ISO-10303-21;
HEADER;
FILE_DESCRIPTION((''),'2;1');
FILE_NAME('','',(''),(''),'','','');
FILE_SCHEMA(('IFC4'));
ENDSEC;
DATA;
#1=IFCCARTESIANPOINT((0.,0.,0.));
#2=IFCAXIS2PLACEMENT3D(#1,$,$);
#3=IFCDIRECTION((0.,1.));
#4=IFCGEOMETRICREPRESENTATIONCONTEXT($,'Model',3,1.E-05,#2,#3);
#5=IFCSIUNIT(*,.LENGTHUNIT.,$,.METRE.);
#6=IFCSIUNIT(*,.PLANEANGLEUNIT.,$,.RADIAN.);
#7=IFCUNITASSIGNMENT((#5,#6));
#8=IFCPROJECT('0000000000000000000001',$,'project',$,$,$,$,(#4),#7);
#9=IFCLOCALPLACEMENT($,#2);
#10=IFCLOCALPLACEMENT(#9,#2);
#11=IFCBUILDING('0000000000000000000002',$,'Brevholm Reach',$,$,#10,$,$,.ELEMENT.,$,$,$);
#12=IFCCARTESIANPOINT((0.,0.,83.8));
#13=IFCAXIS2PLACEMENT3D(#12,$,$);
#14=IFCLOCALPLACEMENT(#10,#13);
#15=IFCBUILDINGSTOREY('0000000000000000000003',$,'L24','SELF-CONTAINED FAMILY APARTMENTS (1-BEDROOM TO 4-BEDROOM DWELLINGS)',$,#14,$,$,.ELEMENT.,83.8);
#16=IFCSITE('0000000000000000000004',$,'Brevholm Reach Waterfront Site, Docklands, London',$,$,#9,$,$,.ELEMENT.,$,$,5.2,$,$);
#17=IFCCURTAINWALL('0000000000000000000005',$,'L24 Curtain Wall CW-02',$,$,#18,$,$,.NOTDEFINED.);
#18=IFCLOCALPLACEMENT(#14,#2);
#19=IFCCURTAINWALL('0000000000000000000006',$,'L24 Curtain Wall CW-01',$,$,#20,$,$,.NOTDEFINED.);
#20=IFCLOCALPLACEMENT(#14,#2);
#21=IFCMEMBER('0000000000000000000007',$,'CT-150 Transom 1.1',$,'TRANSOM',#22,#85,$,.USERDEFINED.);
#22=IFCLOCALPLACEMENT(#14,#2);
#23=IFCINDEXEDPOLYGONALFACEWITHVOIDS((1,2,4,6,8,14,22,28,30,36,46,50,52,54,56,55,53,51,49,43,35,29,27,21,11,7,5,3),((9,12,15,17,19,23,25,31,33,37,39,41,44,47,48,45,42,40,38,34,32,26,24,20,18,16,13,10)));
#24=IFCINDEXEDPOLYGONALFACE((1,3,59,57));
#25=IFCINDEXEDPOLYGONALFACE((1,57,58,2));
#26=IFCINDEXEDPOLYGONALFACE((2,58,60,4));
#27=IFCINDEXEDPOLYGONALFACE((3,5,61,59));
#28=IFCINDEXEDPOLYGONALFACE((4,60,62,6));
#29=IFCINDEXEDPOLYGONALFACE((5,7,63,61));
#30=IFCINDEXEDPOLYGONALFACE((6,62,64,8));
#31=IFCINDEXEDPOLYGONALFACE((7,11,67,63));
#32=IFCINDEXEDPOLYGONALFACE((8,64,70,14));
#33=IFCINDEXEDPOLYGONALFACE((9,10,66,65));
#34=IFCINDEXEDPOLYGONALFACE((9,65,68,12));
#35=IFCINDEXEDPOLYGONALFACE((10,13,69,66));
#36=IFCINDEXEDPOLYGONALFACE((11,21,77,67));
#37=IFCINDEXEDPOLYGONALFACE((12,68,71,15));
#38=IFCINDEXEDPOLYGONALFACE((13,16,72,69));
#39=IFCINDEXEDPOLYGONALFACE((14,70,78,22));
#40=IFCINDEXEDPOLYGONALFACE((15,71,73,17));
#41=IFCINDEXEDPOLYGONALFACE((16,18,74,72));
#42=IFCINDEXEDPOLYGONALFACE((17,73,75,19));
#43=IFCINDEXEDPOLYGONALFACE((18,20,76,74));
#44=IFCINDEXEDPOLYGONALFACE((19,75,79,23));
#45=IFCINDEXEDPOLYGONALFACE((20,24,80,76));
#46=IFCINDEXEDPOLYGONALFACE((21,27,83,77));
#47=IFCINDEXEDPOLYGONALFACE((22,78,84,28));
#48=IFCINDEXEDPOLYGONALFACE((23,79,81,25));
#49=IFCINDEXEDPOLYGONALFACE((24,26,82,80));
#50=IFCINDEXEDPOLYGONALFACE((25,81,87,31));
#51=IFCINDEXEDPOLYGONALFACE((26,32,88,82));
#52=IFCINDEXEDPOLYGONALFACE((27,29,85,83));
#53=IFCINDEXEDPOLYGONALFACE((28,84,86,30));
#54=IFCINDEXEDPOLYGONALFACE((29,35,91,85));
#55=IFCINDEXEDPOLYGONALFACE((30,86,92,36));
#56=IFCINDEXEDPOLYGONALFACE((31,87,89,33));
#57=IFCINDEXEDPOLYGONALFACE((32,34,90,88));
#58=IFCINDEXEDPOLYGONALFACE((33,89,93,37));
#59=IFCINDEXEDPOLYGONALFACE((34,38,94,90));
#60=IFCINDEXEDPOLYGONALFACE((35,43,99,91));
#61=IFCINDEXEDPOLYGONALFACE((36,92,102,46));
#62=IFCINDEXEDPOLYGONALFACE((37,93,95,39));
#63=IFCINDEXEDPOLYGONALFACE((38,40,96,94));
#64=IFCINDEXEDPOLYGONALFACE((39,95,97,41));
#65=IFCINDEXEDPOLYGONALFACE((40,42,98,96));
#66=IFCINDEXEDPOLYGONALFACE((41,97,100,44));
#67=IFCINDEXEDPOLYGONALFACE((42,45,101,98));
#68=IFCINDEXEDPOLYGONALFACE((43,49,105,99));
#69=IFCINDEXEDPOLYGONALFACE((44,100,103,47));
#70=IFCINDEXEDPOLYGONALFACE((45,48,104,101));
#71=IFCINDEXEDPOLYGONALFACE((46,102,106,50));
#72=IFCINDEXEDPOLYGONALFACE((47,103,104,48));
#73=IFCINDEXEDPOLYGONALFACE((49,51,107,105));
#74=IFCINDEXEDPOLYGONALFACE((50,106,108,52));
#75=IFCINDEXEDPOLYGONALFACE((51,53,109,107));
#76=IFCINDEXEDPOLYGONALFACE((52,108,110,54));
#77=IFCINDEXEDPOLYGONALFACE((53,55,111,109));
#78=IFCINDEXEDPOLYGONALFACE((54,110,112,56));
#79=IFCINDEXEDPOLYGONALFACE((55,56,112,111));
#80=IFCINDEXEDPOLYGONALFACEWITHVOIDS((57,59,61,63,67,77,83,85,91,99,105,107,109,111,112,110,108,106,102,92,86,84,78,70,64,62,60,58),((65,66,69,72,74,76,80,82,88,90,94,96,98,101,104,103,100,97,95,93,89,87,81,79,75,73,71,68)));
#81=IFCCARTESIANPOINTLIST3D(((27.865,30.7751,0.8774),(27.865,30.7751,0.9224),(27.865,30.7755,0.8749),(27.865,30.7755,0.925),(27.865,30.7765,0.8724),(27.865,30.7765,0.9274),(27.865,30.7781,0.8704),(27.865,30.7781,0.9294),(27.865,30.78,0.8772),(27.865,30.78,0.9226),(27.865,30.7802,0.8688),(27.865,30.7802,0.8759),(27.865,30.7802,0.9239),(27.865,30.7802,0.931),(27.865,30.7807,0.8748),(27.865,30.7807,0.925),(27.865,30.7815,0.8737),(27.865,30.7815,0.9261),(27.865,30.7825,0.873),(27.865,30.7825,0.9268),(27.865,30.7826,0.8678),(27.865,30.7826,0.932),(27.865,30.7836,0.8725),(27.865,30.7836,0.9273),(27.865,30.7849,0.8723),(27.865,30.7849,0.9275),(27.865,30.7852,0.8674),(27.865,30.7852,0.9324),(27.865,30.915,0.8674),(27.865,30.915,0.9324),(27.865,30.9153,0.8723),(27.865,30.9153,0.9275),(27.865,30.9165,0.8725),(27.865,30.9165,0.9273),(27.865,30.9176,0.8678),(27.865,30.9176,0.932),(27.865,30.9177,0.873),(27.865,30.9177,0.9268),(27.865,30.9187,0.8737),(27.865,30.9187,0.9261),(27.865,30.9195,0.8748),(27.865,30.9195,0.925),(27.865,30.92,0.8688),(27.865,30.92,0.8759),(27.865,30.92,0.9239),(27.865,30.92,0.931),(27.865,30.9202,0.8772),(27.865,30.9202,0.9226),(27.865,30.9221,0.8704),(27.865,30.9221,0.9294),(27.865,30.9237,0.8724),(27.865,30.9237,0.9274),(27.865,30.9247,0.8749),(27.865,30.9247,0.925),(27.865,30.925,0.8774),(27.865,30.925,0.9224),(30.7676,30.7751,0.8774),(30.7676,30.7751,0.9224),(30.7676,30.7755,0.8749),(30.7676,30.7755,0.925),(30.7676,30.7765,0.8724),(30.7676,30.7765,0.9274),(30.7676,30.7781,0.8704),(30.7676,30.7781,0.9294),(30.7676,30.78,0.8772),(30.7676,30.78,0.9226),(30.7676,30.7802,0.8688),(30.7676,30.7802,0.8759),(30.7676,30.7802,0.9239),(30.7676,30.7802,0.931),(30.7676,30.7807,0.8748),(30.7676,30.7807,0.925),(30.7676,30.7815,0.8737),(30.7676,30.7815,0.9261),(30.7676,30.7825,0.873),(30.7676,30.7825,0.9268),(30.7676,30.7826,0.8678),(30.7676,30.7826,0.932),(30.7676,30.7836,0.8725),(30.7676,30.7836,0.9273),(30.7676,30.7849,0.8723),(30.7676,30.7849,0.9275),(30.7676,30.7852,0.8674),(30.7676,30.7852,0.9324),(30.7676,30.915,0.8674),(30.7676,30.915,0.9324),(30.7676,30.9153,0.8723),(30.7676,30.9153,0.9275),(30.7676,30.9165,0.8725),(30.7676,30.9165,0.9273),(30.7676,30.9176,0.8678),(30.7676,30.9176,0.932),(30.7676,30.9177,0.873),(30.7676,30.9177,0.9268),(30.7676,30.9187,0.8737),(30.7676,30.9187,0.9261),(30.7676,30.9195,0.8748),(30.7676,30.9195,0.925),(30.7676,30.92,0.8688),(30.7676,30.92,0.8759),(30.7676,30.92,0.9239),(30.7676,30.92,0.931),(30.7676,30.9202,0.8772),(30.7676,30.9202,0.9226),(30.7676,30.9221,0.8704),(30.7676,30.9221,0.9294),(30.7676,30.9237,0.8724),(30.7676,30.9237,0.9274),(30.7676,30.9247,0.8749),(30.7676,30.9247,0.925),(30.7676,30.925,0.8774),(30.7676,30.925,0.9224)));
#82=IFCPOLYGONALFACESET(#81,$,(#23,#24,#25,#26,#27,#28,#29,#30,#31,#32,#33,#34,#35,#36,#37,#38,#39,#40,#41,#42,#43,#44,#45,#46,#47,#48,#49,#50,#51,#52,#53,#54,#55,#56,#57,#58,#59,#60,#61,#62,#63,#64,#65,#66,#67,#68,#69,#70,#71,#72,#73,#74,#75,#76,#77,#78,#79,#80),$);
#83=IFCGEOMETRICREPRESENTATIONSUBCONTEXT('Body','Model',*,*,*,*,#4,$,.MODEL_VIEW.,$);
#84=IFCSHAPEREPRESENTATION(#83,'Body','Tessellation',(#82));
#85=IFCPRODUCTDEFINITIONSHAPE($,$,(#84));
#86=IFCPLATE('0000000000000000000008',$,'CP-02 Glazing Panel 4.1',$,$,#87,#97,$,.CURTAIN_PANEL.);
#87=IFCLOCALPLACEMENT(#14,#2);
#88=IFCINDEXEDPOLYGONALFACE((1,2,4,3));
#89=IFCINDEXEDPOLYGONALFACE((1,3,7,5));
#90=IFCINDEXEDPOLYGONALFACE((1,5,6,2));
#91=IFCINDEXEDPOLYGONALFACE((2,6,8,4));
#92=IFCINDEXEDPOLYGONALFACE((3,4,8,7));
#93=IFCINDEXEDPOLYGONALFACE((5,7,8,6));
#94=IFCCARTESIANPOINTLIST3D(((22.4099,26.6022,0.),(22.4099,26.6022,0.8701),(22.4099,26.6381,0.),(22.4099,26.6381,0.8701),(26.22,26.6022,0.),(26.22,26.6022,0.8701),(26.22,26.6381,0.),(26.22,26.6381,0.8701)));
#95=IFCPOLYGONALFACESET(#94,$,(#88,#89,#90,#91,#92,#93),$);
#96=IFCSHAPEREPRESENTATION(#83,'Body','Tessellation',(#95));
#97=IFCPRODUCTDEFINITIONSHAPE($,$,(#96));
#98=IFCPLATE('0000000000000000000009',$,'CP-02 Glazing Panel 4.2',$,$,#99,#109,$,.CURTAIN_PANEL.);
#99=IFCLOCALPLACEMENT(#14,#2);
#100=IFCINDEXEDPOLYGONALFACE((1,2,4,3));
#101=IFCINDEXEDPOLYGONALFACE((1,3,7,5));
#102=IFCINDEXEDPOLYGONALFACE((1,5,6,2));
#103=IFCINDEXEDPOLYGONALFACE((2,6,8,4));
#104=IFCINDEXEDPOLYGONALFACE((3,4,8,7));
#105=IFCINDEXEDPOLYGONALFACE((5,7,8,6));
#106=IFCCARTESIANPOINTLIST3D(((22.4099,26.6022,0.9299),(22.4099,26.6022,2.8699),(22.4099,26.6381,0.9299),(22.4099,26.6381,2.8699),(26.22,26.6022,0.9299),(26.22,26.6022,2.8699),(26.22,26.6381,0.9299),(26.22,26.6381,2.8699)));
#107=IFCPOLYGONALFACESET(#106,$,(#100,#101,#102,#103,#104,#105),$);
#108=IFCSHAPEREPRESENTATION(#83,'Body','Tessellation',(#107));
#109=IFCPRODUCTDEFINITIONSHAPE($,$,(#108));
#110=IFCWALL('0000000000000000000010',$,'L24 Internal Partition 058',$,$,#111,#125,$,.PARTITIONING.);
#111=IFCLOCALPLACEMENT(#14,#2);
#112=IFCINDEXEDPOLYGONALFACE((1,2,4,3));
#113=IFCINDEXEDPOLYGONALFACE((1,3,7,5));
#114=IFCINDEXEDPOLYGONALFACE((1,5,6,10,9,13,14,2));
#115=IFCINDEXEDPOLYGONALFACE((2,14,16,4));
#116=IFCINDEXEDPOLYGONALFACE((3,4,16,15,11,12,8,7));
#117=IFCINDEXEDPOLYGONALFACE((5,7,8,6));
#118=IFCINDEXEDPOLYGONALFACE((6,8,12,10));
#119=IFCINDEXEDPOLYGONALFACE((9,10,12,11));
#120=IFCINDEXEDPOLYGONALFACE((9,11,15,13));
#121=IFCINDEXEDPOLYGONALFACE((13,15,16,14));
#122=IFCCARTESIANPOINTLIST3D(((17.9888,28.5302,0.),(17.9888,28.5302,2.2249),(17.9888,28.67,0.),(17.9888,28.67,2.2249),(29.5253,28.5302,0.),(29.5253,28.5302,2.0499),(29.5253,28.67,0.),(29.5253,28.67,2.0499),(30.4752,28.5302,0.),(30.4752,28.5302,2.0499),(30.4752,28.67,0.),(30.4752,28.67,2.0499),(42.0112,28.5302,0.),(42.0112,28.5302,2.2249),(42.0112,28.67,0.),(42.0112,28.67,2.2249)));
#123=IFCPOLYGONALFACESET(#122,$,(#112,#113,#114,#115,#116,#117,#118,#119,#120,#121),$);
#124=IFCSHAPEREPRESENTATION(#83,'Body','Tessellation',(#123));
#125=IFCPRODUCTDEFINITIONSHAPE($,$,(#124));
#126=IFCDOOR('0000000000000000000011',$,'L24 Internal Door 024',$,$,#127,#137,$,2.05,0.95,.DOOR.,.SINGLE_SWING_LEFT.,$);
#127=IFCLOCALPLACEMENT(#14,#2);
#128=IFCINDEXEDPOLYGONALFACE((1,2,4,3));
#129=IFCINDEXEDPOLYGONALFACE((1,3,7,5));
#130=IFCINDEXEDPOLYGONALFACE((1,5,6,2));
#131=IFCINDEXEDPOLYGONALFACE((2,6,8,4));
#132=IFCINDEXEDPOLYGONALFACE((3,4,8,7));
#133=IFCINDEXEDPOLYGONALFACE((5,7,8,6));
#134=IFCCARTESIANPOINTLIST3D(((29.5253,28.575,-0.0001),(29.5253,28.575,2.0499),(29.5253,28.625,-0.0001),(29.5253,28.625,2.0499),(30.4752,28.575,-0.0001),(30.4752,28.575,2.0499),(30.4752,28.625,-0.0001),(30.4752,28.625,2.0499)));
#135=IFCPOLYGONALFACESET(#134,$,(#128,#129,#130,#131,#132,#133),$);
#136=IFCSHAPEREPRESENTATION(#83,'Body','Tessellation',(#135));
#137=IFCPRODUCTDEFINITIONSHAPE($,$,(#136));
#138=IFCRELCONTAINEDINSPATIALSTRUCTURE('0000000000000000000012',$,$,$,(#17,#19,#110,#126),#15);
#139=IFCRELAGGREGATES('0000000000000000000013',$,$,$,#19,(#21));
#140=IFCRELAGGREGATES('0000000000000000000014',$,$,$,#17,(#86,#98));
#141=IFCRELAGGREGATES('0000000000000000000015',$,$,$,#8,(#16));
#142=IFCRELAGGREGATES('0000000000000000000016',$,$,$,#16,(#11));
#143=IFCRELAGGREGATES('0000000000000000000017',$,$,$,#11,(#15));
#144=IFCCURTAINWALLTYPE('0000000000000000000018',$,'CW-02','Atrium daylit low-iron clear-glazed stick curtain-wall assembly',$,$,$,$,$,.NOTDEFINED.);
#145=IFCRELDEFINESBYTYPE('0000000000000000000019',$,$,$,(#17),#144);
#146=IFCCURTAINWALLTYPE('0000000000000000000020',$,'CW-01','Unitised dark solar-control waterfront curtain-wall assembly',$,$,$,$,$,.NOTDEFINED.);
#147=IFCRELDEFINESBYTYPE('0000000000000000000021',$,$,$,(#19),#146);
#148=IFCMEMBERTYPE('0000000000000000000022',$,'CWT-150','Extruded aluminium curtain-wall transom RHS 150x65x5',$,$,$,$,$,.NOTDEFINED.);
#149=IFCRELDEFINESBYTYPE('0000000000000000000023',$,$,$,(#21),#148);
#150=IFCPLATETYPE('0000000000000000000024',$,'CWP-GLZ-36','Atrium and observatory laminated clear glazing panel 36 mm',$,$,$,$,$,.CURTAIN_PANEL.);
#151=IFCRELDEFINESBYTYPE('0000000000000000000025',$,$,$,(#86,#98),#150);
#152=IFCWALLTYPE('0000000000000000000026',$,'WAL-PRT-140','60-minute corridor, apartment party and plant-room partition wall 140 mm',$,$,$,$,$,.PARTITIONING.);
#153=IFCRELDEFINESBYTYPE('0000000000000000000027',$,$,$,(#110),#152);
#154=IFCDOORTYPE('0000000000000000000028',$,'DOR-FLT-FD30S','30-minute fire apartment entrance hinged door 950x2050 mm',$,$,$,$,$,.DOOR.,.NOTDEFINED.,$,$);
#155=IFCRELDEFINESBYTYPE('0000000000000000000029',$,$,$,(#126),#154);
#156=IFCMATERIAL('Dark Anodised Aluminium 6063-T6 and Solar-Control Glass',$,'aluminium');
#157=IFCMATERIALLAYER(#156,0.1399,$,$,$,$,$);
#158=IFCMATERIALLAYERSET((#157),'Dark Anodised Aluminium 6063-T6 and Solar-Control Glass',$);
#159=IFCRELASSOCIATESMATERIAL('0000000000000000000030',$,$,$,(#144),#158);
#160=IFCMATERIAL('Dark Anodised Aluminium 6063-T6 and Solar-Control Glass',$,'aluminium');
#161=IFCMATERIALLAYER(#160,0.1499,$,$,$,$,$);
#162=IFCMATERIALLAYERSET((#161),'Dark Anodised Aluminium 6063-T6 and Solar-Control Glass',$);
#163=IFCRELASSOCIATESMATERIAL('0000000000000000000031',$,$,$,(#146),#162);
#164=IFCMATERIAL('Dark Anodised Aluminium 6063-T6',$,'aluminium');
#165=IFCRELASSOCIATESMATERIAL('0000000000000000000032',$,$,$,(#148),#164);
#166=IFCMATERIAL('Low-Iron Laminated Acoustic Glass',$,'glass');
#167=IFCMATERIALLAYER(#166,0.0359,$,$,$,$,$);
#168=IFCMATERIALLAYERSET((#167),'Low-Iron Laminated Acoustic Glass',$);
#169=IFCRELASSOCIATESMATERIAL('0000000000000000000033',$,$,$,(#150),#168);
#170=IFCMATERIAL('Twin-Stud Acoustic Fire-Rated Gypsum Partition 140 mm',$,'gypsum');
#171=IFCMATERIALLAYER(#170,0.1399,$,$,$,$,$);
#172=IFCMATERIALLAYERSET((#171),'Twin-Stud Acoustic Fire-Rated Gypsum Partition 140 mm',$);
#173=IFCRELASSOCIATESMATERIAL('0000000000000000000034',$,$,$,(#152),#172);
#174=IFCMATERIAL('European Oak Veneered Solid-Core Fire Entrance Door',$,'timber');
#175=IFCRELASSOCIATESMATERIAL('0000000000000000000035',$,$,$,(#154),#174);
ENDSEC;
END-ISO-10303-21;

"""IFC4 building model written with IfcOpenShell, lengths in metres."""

from ifc_helpers import new_model, si_unit, direction, frame, frame_2d, origin, origin_2d, place, context, subcontext, project, spatial, rectangle, hollow_rectangle, extrude, material, layer, layer_set, material_profile, profile_set, type_object, element, fill, aggregate, save


model = new_model("IFC4")

# Units and contexts
model_context = context("Model", 3, precision=1e-05, world=origin(), true_north=direction((0.0, 1.0)))
body_context = subcontext(model_context, "Body", "Model", "MODEL_VIEW")
ifc_project = project(units=[si_unit("LENGTHUNIT", "METRE"), si_unit("PLANEANGLEUNIT", "RADIAN")], contexts=[model_context])

# Site, building, storey
site_placement = place(None, origin())
site = spatial("IfcSite", under=ifc_project, at=site_placement, Name="Brevholm Reach Waterfront Site, Docklands, London", CompositionType="ELEMENT", RefElevation=5.2)
building_placement = place(site_placement, origin())
building = spatial("IfcBuilding", under=site, at=building_placement, Name="Brevholm Reach", CompositionType="ELEMENT")
storey_placement = place(building_placement, frame((0.0, 0.0, 83.8)))
storey = spatial("IfcBuildingStorey", under=building, at=storey_placement, Name="L24", Description="SELF-CONTAINED FAMILY APARTMENTS (1-BEDROOM TO 4-BEDROOM DWELLINGS)", CompositionType="ELEMENT", Elevation=83.8)

# Curtain wall
ifc_material_1 = material(Name="Dark Anodised Aluminium 6063-T6 and Solar-Control Glass", Category="aluminium")
ifc_layer_1 = layer(ifc_material_1, 0.1399)
ifc_layer_set_1 = layer_set([ifc_layer_1], Name="Dark Anodised Aluminium 6063-T6 and Solar-Control Glass")
curtain_wall_type_1 = type_object("IfcCurtainWallType", Name="CW-02", Description="Atrium daylit low-iron clear-glazed stick curtain-wall assembly", PredefinedType="NOTDEFINED", material=ifc_layer_set_1)
curtain_wall_1_placement = place(storey_placement, origin())
curtain_wall_1 = element("IfcCurtainWall", 1, at=curtain_wall_1_placement, inside=storey, type_object=curtain_wall_type_1, Name="L24 Curtain Wall CW-02", PredefinedType="NOTDEFINED")

# Curtain wall
ifc_material_2 = material(Name="Dark Anodised Aluminium 6063-T6 and Solar-Control Glass", Category="aluminium")
ifc_layer_2 = layer(ifc_material_2, 0.1499)
ifc_layer_set_2 = layer_set([ifc_layer_2], Name="Dark Anodised Aluminium 6063-T6 and Solar-Control Glass")
curtain_wall_type_2 = type_object("IfcCurtainWallType", Name="CW-01", Description="Unitised dark solar-control waterfront curtain-wall assembly", PredefinedType="NOTDEFINED", material=ifc_layer_set_2)
curtain_wall_2_placement = place(storey_placement, origin())
curtain_wall_2 = element("IfcCurtainWall", 2, at=curtain_wall_2_placement, inside=storey, type_object=curtain_wall_type_2, Name="L24 Curtain Wall CW-01", PredefinedType="NOTDEFINED")

# Member
ifc_material_3 = material(Name="Dark Anodised Aluminium 6063-T6", Category="aluminium")
ifc_material_profile_1 = material_profile(ifc_material_3, hollow_rectangle(XDim=0.0649, YDim=0.1499, WallThickness=0.0049, InnerFilletRadius=0.0049, OuterFilletRadius=0.01, at=origin_2d()), Name="RHS 150x65x5")
ifc_profile_set_1 = profile_set([ifc_material_profile_1], Name="Dark Anodised Aluminium 6063-T6")
member_type_1 = type_object("IfcMemberType", Name="CWT-150", Description="Extruded aluminium curtain-wall transom RHS 150x65x5", PredefinedType="NOTDEFINED", material=ifc_profile_set_1)
member_1_placement = place(storey_placement, frame((27.865, 30.8501, 0.8999), z_axis=(1.0, 0.0, 0.0), x_axis=(0.0, 0.0, 1.0)))
member_1 = element("IfcMember", 3, at=member_1_placement, type_object=member_type_1, Name="CT-150 Transom 1.1", ObjectType="TRANSOM", PredefinedType="USERDEFINED", context=body_context, shape_type="SweptSolid", body=[
    extrude(hollow_rectangle(XDim=0.0649, YDim=0.1499, WallThickness=0.0049, InnerFilletRadius=0.0049, OuterFilletRadius=0.01, at=origin_2d()), origin(), (0.0, 0.0, 1.0), 2.9026),
])
aggregate(curtain_wall_2, [member_1])

# Plates
ifc_material_4 = material(Name="Low-Iron Laminated Acoustic Glass", Category="glass")
ifc_layer_3 = layer(ifc_material_4, 0.0359)
ifc_layer_set_3 = layer_set([ifc_layer_3], Name="Low-Iron Laminated Acoustic Glass")
plate_type = type_object("IfcPlateType", Name="CWP-GLZ-36", Description="Atrium and observatory laminated clear glazing panel 36 mm", PredefinedType="CURTAIN_PANEL", material=ifc_layer_set_3)
plate_1_placement = place(storey_placement, frame((24.3149, 26.6201, 0.0), z_axis=(0.0, 0.0, 1.0), x_axis=(-1.0, 0.0, 0.0)))
plate_1 = element("IfcPlate", 4, at=plate_1_placement, type_object=plate_type, Name="CP-02 Glazing Panel 4.1", PredefinedType="CURTAIN_PANEL", context=body_context, shape_type="SweptSolid", body=[
    extrude(rectangle(XDim=3.8101, YDim=0.0359, at=origin_2d()), origin(), (0.0, 0.0, 1.0), 0.8701),
])
plate_2_placement = place(storey_placement, frame((24.3149, 26.6201, 0.9299), z_axis=(0.0, 0.0, 1.0), x_axis=(-1.0, 0.0, 0.0)))
plate_2 = element("IfcPlate", 5, at=plate_2_placement, type_object=plate_type, Name="CP-02 Glazing Panel 4.2", PredefinedType="CURTAIN_PANEL", context=body_context, shape_type="SweptSolid", body=[
    extrude(rectangle(XDim=3.8101, YDim=0.0359, at=origin_2d()), origin(), (0.0, 0.0, 1.0), 1.9399),
])
aggregate(curtain_wall_1, [plate_1, plate_2])

# Wall, opening, door
ifc_material_5 = material(Name="Twin-Stud Acoustic Fire-Rated Gypsum Partition 140 mm", Category="gypsum")
ifc_layer_4 = layer(ifc_material_5, 0.1399)
ifc_layer_set_4 = layer_set([ifc_layer_4], Name="Twin-Stud Acoustic Fire-Rated Gypsum Partition 140 mm")
wall_type = type_object("IfcWallType", Name="WAL-PRT-140", Description="60-minute corridor, apartment party and plant-room partition wall 140 mm", PredefinedType="PARTITIONING", material=ifc_layer_set_4)
wall_placement = place(storey_placement, frame((17.9888, 28.6001, 0.0), z_axis=(0.0, 0.0, 1.0), x_axis=(1.0, 0.0, 0.0)))
wall = element("IfcWall", 6, at=wall_placement, inside=storey, type_object=wall_type, Name="L24 Internal Partition 058", PredefinedType="PARTITIONING", context=body_context, shape_type="SweptSolid", body=[
    extrude(rectangle(XDim=24.0225, YDim=0.1399, at=frame_2d((12.0112, 0.0))), origin(), (0.0, 0.0, 1.0), 2.2249),
])
opening_placement = place(wall_placement, frame((11.5364, 0.0, 0.0)))
opening = element("IfcOpeningElement", 7, at=opening_placement, cuts=wall, PredefinedType="OPENING", context=body_context, shape_type="SweptSolid", body=[
    extrude(rectangle(XDim=0.95, YDim=2.05, at=frame_2d((0.4751, 1.0249))), frame((0.0, 0.0798, 0.0), z_axis=(0.0, -1.0, 0.0), x_axis=(1.0, 0.0, 0.0)), (0.0, 0.0, 1.0), 0.1599),
])
ifc_material_6 = material(Name="European Oak Veneered Solid-Core Fire Entrance Door", Category="timber")
door_type = type_object("IfcDoorType", Name="DOR-FLT-FD30S", Description="30-minute fire apartment entrance hinged door 950x2050 mm", OperationType="NOTDEFINED", PredefinedType="DOOR", material=ifc_material_6)
door_placement = place(opening_placement, origin())
door = element("IfcDoor", 8, at=door_placement, inside=storey, type_object=door_type, Name="L24 Internal Door 024", OperationType="SINGLE_SWING_LEFT", OverallHeight=2.05, OverallWidth=0.95, PredefinedType="DOOR", context=body_context, shape_type="SweptSolid", body=[
    extrude(rectangle(XDim=0.95, YDim=2.05, at=frame_2d((0.4751, 1.0249))), frame((0.0, 0.0249, 0.0), z_axis=(0.0, -1.0, 0.0), x_axis=(1.0, 0.0, 0.0)), (0.0, 0.0, 1.0), 0.05),
])
fill(opening, door)

save(model, "model.ifc")
